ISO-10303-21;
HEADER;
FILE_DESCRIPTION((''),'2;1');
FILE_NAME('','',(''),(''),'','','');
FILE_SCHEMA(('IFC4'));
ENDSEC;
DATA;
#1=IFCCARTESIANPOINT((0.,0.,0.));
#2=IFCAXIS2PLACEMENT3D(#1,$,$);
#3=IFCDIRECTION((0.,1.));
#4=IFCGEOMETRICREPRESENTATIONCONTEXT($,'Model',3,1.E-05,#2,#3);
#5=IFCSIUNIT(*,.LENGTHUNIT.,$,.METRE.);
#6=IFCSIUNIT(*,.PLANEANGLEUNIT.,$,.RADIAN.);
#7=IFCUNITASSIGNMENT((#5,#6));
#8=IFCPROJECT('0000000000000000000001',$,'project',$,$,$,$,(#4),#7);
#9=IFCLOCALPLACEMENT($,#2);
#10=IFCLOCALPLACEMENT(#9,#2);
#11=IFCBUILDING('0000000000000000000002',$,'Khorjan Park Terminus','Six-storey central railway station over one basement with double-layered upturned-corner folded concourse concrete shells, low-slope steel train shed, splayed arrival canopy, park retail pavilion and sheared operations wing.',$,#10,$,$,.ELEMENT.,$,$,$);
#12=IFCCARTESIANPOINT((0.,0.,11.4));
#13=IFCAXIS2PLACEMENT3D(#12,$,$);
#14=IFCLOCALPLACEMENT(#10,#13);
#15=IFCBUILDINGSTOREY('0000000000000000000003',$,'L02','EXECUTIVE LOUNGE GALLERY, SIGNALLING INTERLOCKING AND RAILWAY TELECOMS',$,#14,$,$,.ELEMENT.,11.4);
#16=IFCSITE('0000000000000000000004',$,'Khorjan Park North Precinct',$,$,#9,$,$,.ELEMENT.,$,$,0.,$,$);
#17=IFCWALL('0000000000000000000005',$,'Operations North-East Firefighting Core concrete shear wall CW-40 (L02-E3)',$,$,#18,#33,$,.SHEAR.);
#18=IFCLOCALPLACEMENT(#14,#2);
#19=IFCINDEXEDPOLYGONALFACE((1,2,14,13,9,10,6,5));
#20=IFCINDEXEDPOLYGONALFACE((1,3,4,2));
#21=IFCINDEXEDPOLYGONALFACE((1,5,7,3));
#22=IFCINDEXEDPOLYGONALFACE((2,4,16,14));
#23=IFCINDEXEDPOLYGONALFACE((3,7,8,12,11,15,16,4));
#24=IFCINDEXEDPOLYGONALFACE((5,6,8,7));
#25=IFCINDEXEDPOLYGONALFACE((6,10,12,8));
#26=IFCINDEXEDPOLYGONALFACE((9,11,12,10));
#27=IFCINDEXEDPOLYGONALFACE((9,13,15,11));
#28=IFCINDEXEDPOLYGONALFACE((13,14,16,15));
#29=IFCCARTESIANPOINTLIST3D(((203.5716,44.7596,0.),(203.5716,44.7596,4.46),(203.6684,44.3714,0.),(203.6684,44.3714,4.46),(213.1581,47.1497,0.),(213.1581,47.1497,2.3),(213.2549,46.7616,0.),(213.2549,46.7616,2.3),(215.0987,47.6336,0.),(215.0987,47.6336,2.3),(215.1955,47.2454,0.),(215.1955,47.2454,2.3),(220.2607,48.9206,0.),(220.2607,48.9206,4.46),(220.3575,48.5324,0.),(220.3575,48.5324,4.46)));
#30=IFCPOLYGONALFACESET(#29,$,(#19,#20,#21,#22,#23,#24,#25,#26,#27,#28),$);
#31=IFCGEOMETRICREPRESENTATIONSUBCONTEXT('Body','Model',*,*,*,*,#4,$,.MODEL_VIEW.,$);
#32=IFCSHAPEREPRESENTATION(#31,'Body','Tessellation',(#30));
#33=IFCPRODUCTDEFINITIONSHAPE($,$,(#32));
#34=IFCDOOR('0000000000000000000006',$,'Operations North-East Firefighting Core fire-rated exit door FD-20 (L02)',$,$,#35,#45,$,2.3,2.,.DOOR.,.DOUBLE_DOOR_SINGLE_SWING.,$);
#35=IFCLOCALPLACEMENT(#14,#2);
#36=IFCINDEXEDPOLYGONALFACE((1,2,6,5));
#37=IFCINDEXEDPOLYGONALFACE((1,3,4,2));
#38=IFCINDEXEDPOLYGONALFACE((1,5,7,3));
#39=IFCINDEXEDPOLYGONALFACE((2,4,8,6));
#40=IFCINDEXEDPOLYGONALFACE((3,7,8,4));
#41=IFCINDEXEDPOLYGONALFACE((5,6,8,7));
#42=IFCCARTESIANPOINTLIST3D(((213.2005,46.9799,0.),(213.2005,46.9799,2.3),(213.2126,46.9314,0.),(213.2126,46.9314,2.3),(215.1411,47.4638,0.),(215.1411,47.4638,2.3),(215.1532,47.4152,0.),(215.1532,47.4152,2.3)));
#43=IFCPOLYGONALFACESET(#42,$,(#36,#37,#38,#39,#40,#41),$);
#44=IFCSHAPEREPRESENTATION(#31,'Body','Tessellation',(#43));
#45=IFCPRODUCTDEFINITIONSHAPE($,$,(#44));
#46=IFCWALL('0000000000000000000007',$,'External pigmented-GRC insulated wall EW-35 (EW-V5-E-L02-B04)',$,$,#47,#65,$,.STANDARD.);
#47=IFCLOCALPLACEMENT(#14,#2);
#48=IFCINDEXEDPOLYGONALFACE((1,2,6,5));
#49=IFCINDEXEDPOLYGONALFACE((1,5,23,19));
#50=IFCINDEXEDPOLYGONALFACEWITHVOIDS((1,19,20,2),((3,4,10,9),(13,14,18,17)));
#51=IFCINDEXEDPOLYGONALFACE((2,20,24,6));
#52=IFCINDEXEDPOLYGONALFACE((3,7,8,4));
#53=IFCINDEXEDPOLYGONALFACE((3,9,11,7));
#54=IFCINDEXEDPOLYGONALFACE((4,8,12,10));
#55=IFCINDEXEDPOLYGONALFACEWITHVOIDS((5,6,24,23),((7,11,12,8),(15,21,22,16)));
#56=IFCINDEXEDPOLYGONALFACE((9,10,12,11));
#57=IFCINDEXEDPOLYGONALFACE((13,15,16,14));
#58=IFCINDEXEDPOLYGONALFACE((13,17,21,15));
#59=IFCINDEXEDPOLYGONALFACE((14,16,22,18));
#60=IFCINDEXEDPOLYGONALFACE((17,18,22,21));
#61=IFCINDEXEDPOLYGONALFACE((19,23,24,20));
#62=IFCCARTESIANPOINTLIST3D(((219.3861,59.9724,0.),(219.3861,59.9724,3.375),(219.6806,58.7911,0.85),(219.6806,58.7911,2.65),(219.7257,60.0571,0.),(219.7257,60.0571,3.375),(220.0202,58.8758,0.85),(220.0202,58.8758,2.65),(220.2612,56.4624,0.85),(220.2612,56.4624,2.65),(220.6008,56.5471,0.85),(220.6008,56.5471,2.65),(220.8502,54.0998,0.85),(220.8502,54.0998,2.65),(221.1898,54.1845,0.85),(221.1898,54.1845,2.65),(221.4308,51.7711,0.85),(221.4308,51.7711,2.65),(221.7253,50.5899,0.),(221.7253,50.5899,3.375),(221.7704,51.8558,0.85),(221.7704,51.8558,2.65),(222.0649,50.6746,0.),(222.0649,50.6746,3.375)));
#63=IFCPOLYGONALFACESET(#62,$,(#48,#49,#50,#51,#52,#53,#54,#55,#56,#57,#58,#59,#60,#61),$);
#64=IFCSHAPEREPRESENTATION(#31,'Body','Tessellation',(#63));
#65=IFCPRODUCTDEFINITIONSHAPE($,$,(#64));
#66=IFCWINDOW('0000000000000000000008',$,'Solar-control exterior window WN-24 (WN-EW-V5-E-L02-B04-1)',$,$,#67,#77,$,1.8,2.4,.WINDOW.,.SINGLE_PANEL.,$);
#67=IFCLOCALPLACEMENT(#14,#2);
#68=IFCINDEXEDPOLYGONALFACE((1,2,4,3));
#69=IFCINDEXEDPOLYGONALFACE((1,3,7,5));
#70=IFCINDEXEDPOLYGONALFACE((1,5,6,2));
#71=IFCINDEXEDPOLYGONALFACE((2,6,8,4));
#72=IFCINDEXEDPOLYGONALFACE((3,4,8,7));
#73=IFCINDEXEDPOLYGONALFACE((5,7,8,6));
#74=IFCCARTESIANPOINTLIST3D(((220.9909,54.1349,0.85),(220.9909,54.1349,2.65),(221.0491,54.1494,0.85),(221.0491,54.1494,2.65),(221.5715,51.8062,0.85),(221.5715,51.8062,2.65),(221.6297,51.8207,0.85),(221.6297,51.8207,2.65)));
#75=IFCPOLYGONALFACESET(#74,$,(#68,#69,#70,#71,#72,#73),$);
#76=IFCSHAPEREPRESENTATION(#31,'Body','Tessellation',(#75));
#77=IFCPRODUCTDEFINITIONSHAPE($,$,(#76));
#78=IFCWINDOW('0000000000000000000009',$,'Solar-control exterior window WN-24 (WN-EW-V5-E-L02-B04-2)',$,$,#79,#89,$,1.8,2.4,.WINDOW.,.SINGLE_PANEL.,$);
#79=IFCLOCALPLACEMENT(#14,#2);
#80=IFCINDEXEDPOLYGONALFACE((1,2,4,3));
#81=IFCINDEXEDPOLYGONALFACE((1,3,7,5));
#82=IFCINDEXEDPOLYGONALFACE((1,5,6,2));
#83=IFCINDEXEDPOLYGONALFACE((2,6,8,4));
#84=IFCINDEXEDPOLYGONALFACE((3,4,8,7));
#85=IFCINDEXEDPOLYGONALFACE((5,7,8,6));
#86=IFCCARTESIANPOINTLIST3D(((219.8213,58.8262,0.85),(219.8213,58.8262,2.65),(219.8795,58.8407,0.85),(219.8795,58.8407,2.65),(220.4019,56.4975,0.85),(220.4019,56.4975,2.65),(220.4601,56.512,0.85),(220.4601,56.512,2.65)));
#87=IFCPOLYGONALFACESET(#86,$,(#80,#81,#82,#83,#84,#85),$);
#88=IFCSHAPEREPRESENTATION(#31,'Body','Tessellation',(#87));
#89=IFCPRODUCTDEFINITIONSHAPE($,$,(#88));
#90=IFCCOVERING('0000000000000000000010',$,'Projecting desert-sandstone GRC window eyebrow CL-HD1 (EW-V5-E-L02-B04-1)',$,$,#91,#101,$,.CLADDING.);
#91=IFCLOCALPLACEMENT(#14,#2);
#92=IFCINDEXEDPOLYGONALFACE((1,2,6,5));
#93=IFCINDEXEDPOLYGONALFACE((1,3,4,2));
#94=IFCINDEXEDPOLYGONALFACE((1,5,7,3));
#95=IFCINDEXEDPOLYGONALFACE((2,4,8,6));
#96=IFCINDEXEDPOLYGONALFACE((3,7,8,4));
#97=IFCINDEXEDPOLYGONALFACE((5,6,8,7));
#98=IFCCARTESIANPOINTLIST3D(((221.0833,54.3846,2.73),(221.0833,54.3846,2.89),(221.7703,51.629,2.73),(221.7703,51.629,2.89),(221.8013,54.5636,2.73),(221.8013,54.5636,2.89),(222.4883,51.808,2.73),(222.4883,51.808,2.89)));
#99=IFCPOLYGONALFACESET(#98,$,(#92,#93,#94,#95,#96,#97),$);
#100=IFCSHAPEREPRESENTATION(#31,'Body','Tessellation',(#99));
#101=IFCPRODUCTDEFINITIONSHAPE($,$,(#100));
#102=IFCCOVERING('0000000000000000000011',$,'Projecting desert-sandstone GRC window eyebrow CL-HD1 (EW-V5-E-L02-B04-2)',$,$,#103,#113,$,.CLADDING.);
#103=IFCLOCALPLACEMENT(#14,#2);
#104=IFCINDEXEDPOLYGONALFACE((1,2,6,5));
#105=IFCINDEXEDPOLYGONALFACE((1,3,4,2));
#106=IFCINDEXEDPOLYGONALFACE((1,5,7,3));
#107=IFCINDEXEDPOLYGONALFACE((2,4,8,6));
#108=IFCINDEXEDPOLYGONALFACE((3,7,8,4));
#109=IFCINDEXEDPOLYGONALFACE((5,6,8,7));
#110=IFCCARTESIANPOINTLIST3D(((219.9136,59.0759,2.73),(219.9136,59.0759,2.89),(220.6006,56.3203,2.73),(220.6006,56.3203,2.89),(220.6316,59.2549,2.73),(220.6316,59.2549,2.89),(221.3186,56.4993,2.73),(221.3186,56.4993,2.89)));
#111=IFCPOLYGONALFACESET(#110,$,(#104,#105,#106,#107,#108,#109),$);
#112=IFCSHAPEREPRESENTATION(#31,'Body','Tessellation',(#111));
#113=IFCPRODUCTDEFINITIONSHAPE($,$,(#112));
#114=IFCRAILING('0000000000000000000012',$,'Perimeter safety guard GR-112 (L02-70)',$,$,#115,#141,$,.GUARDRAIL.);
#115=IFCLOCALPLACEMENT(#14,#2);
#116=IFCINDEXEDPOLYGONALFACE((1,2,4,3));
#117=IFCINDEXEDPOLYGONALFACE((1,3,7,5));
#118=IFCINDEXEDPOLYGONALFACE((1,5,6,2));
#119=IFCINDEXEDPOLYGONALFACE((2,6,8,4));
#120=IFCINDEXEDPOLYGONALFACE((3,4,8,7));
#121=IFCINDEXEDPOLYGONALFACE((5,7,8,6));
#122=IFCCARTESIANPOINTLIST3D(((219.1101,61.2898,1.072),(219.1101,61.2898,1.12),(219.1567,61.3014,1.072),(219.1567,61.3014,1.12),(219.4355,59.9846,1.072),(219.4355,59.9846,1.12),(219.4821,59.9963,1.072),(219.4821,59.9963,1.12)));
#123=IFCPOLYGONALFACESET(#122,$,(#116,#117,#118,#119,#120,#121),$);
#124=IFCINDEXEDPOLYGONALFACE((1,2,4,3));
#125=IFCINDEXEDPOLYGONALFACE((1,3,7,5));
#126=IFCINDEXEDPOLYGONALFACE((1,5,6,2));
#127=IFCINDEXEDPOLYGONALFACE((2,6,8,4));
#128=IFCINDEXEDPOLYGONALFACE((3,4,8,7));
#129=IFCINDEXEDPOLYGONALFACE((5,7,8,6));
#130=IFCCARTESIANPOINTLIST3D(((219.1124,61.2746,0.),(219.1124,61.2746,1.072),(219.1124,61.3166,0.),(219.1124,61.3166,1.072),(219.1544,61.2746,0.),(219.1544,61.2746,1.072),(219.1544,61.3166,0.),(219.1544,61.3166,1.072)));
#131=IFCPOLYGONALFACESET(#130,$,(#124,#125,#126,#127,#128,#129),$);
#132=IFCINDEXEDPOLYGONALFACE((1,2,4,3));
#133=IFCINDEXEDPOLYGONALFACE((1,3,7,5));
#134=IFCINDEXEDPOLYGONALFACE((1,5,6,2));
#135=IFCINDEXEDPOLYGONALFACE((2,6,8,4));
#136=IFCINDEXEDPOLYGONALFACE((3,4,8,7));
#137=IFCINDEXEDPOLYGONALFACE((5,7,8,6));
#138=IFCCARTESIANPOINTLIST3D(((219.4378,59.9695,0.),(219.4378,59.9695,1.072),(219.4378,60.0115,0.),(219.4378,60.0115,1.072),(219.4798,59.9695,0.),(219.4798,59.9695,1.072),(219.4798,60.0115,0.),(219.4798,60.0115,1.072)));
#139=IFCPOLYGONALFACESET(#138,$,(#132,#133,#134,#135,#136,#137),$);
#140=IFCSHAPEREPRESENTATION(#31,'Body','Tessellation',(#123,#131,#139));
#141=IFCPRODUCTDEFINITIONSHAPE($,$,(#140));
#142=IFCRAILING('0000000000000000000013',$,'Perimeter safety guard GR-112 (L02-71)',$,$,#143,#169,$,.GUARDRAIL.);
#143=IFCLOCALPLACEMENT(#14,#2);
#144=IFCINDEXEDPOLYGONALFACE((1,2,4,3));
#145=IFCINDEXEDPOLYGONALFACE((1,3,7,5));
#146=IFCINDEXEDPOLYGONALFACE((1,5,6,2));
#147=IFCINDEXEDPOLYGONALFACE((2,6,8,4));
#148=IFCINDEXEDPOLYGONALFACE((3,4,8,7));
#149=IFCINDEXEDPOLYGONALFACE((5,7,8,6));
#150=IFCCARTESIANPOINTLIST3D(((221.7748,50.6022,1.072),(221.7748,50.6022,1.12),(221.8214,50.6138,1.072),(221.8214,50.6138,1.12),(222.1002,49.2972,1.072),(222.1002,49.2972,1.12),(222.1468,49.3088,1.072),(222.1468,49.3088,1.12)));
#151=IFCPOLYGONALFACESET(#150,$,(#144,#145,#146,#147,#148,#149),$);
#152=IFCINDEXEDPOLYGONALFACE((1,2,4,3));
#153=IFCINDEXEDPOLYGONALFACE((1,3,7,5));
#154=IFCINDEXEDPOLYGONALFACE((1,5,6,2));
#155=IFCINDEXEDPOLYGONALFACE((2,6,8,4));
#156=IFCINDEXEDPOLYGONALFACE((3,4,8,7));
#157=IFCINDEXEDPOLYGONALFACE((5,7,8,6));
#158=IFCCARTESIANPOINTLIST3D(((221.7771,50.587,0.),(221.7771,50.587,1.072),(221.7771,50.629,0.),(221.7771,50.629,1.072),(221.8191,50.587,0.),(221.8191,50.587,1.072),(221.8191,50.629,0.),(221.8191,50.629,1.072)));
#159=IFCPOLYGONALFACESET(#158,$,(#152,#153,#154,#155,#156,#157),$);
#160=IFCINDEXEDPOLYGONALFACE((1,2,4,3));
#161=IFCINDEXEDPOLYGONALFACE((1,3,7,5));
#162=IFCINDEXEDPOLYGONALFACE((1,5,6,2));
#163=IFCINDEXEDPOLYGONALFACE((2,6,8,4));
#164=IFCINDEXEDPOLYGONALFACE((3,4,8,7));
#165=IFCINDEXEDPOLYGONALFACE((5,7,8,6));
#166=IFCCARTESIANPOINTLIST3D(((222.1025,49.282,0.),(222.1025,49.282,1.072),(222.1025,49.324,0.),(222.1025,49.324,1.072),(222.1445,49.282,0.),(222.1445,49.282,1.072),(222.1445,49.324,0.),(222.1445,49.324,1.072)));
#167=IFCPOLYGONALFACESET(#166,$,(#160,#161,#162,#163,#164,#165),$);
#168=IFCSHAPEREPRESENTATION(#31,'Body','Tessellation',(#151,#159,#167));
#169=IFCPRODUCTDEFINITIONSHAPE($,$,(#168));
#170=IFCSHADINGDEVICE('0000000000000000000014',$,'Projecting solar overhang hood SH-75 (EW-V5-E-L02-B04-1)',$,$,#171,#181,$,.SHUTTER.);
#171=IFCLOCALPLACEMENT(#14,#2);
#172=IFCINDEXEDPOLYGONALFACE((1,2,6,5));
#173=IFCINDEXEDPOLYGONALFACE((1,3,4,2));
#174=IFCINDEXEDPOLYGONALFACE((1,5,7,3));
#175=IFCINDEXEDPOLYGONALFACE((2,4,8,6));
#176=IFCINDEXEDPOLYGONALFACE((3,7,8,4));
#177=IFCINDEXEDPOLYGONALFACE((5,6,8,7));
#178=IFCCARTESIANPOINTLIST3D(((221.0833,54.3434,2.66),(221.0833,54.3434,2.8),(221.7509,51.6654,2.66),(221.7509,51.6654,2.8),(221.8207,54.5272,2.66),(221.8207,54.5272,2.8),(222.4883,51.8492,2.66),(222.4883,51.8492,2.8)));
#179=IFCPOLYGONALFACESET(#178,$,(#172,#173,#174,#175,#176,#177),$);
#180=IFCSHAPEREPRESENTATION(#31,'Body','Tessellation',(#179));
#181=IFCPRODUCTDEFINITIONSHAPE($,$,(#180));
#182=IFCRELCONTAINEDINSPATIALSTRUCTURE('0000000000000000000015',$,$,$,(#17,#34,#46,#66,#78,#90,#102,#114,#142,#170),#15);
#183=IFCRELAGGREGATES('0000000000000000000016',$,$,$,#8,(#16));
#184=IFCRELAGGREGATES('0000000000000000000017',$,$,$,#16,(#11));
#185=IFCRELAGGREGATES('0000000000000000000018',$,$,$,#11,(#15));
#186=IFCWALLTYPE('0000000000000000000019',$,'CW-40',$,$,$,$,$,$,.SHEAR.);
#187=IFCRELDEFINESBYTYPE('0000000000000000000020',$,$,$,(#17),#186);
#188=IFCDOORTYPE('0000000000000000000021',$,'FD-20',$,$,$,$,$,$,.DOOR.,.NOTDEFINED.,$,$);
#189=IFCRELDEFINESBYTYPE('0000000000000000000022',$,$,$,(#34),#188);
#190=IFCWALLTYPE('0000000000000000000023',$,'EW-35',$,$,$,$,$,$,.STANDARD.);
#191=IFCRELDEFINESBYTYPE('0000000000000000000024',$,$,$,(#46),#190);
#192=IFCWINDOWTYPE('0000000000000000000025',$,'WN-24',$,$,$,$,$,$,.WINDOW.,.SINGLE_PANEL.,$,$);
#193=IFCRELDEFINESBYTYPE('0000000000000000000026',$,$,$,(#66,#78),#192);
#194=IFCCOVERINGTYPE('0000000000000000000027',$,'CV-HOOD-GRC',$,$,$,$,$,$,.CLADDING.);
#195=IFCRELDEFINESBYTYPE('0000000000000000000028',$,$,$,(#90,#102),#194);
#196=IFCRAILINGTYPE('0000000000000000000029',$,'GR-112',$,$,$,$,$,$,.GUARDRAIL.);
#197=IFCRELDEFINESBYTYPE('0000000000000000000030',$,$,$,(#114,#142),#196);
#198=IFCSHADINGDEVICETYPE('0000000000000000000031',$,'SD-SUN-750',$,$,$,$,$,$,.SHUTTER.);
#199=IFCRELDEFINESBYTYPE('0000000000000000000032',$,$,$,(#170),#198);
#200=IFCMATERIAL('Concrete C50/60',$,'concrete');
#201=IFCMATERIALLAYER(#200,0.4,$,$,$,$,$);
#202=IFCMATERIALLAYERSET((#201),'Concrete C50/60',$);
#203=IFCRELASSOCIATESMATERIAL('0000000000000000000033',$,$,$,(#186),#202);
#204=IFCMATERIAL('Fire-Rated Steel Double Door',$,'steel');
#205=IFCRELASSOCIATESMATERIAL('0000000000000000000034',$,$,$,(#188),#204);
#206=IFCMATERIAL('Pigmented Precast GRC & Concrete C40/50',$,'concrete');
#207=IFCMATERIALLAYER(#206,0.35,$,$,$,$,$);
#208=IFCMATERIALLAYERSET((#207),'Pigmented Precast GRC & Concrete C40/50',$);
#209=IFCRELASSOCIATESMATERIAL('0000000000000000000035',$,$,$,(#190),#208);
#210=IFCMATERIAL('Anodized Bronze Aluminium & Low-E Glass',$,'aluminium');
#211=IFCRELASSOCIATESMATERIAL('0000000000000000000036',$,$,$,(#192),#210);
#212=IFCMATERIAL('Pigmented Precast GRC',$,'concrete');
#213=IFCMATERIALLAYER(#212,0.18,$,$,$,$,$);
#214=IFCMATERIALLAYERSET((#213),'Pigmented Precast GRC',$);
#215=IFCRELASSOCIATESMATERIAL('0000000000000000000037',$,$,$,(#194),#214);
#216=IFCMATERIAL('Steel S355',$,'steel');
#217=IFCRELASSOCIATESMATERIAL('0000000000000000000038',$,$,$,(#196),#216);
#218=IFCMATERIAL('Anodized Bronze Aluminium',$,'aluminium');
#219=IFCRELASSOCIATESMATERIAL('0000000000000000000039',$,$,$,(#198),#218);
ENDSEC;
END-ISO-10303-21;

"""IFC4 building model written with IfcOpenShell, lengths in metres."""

from ifc_helpers import new_model, si_unit, direction, frame, frame_2d, origin, origin_2d, place, context, subcontext, project, spatial, rectangle, extrude, material, layer, layer_set, type_object, element, fill, save


model = new_model("IFC4")

# Units and contexts
model_context = context("Model", 3, precision=1e-05, world=origin(), true_north=direction((0.0, 1.0)))
body_context = subcontext(model_context, "Body", "Model", "MODEL_VIEW")
ifc_project = project(units=[si_unit("LENGTHUNIT", "METRE"), si_unit("PLANEANGLEUNIT", "RADIAN")], contexts=[model_context])

# Site, building, storey
site_placement = place(None, origin())
site = spatial("IfcSite", under=ifc_project, at=site_placement, Name="Khorjan Park North Precinct", CompositionType="ELEMENT", RefElevation=0.0)
building_placement = place(site_placement, origin())
building = spatial("IfcBuilding", under=site, at=building_placement, Name="Khorjan Park Terminus", Description="Six-storey central railway station over one basement with double-layered upturned-corner folded concourse concrete shells, low-slope steel train shed, splayed arrival canopy, park retail pavilion and sheared operations wing.", CompositionType="ELEMENT")
storey_placement = place(building_placement, frame((0.0, 0.0, 11.4)))
storey = spatial("IfcBuildingStorey", under=building, at=storey_placement, Name="L02", Description="EXECUTIVE LOUNGE GALLERY, SIGNALLING INTERLOCKING AND RAILWAY TELECOMS", CompositionType="ELEMENT", Elevation=11.4)

# Shared definitions
ifc_material_1 = material(Name="Concrete C50/60", Category="concrete")

# Shared definitions
ifc_material_2 = material(Name="Steel S355", Category="steel")

# Shared definitions
ifc_material_3 = material(Name="Anodized Bronze Aluminium", Category="aluminium")

# Wall, opening, door
ifc_layer_1 = layer(ifc_material_1, 0.4)
ifc_layer_set_1 = layer_set([ifc_layer_1], Name="Concrete C50/60")
wall_type_1 = type_object("IfcWallType", Name="CW-40", PredefinedType="SHEAR", material=ifc_layer_set_1)
wall_1_placement = place(storey_placement, frame((220.3091, 48.7265, 0.0), z_axis=(0.0, 0.0, 1.0), x_axis=(-0.970297, -0.241919, 0.0)))
wall_1 = element("IfcWall", 1, at=wall_1_placement, inside=storey, type_object=wall_type_1, Name="Operations North-East Firefighting Core concrete shear wall CW-40 (L02-E3)", PredefinedType="SHEAR", context=body_context, shape_type="SweptSolid", body=[
    extrude(rectangle(XDim=17.2, YDim=0.4, at=frame_2d((8.6, 0.0))), origin(), (0.0, 0.0, 1.0), 4.46),
])
opening_1_placement = place(wall_1_placement, frame((5.32, 0.0, 0.0)))
opening_1 = element("IfcOpeningElement", 2, at=opening_1_placement, cuts=wall_1, PredefinedType="OPENING", context=body_context, shape_type="SweptSolid", body=[
    extrude(rectangle(XDim=2.0, YDim=2.3, at=frame_2d((1.0, 1.15))), frame((0.0, 0.21, 0.0), z_axis=(0.0, -1.0, 0.0), x_axis=(1.0, 0.0, 0.0)), (0.0, 0.0, 1.0), 0.42),
])
ifc_material_4 = material(Name="Fire-Rated Steel Double Door", Category="steel")
door_type = type_object("IfcDoorType", Name="FD-20", OperationType="NOTDEFINED", PredefinedType="DOOR", material=ifc_material_4)
door_placement = place(opening_1_placement, origin())
door = element("IfcDoor", 3, at=door_placement, inside=storey, type_object=door_type, Name="Operations North-East Firefighting Core fire-rated exit door FD-20 (L02)", OperationType="DOUBLE_DOOR_SINGLE_SWING", OverallHeight=2.3, OverallWidth=2.0, PredefinedType="DOOR", context=body_context, shape_type="SweptSolid", body=[
    extrude(rectangle(XDim=2.0, YDim=2.3, at=frame_2d((1.0, 1.15))), frame((0.0, 0.025, 0.0), z_axis=(0.0, -1.0, 0.0), x_axis=(1.0, 0.0, 0.0)), (0.0, 0.0, 1.0), 0.05),
])
fill(opening_1, door)

# Wall, openings, windows
ifc_material_5 = material(Name="Pigmented Precast GRC & Concrete C40/50", Category="concrete")
ifc_layer_2 = layer(ifc_material_5, 0.35)
ifc_layer_set_2 = layer_set([ifc_layer_2], Name="Pigmented Precast GRC & Concrete C40/50")
wall_type_2 = type_object("IfcWallType", Name="EW-35", PredefinedType="STANDARD", material=ifc_layer_set_2)
wall_2_placement = place(storey_placement, frame((221.8951, 50.6322, 0.0), z_axis=(0.0, 0.0, 1.0), x_axis=(-0.24191, 0.970299, 0.0)))
wall_2 = element("IfcWall", 4, at=wall_2_placement, inside=storey, type_object=wall_type_2, Name="External pigmented-GRC insulated wall EW-35 (EW-V5-E-L02-B04)", PredefinedType="STANDARD", context=body_context, shape_type="SweptSolid", body=[
    extrude(rectangle(XDim=9.6697, YDim=0.35, at=frame_2d((4.8349, 0.0))), origin(), (0.0, 0.0, 1.0), 3.375),
])
opening_2_placement = place(wall_2_placement, frame((1.2174, 0.0, 0.85)))
opening_2 = element("IfcOpeningElement", 5, at=opening_2_placement, cuts=wall_2, PredefinedType="OPENING", context=body_context, shape_type="SweptSolid", body=[
    extrude(rectangle(XDim=2.4, YDim=1.8, at=frame_2d((1.2, 0.9))), frame((0.0, 0.185, 0.0), z_axis=(0.0, -1.0, 0.0), x_axis=(1.0, 0.0, 0.0)), (0.0, 0.0, 1.0), 0.37),
])
opening_3_placement = place(wall_2_placement, frame((6.0523, 0.0, 0.85)))
opening_3 = element("IfcOpeningElement", 6, at=opening_3_placement, cuts=wall_2, PredefinedType="OPENING", context=body_context, shape_type="SweptSolid", body=[
    extrude(rectangle(XDim=2.4, YDim=1.8, at=frame_2d((1.2, 0.9))), frame((0.0, 0.185, 0.0), z_axis=(0.0, -1.0, 0.0), x_axis=(1.0, 0.0, 0.0)), (0.0, 0.0, 1.0), 0.37),
])
ifc_material_6 = material(Name="Anodized Bronze Aluminium & Low-E Glass", Category="aluminium")
window_type = type_object("IfcWindowType", Name="WN-24", PartitioningType="SINGLE_PANEL", PredefinedType="WINDOW", material=ifc_material_6)
window_1_placement = place(opening_2_placement, origin())
window_1 = element("IfcWindow", 7, at=window_1_placement, inside=storey, type_object=window_type, Name="Solar-control exterior window WN-24 (WN-EW-V5-E-L02-B04-1)", OverallHeight=1.8, OverallWidth=2.4, PartitioningType="SINGLE_PANEL", PredefinedType="WINDOW", context=body_context, shape_type="SweptSolid", body=[
    extrude(rectangle(XDim=2.4, YDim=1.8, at=frame_2d((1.2, 0.9))), frame((0.0, 0.03, 0.0), z_axis=(0.0, -1.0, 0.0), x_axis=(1.0, 0.0, 0.0)), (0.0, 0.0, 1.0), 0.06),
])
fill(opening_2, window_1)
window_2_placement = place(opening_3_placement, origin())
window_2 = element("IfcWindow", 8, at=window_2_placement, inside=storey, type_object=window_type, Name="Solar-control exterior window WN-24 (WN-EW-V5-E-L02-B04-2)", OverallHeight=1.8, OverallWidth=2.4, PartitioningType="SINGLE_PANEL", PredefinedType="WINDOW", context=body_context, shape_type="SweptSolid", body=[
    extrude(rectangle(XDim=2.4, YDim=1.8, at=frame_2d((1.2, 0.9))), frame((0.0, 0.03, 0.0), z_axis=(0.0, -1.0, 0.0), x_axis=(1.0, 0.0, 0.0)), (0.0, 0.0, 1.0), 0.06),
])
fill(opening_3, window_2)

# Coverings
ifc_material_7 = material(Name="Pigmented Precast GRC", Category="concrete")
ifc_layer_3 = layer(ifc_material_7, 0.18)
ifc_layer_set_3 = layer_set([ifc_layer_3], Name="Pigmented Precast GRC")
covering_type = type_object("IfcCoveringType", Name="CV-HOOD-GRC", PredefinedType="CLADDING", material=ifc_layer_set_3)
for number, where, z_axis, x_axis, name in (
    (9, (221.7858, 53.0963, 2.73), (0.0, 0.0, 1.0), (-0.24191, 0.970299, 0.0), "Projecting desert-sandstone GRC window eyebrow CL-HD1 (EW-V5-E-L02-B04-1)"),
    (10, (220.6161, 57.7876, 2.73), (0.0, 0.0, 1.0), (-0.24191, 0.970299, 0.0), "Projecting desert-sandstone GRC window eyebrow CL-HD1 (EW-V5-E-L02-B04-2)"),
):
    element("IfcCovering", number, at=place(storey_placement, frame(where, z_axis=z_axis, x_axis=x_axis)), inside=storey, type_object=covering_type, Name=name, PredefinedType="CLADDING", context=body_context, shape_type="SweptSolid", body=[
        extrude(rectangle(XDim=2.84, YDim=0.74, at=origin_2d()), origin(), (0.0, 0.0, 1.0), 0.16),
    ])

# Railings
railing_type = type_object("IfcRailingType", Name="GR-112", PredefinedType="GUARDRAIL", material=ifc_material_2)
railing_1_placement = place(storey_placement, frame((219.1334, 61.2956, 0.0)))
element("IfcRailing", 11, at=railing_1_placement, inside=storey, type_object=railing_type, Name="Perimeter safety guard GR-112 (L02-70)", PredefinedType="GUARDRAIL", context=body_context, shape_type="SweptSolid", body=[
    extrude(rectangle(XDim=0.048, YDim=0.048, at=origin_2d()), frame((0.0, 0.0, 1.096), z_axis=(0.241923, -0.970295, 0.0), x_axis=(0.970295, 0.241923, 0.0)), (0.0, 0.0, 1.0), 1.3451),
    extrude(rectangle(XDim=0.042, YDim=0.042, at=origin_2d()), origin(), (0.0, 0.0, 1.0), 1.072),
    extrude(rectangle(XDim=0.042, YDim=0.042, at=origin_2d()), frame((0.3254, -1.3051, 0.0)), (0.0, 0.0, 1.0), 1.072),
])
railing_2_placement = place(storey_placement, frame((221.7981, 50.608, 0.0)))
element("IfcRailing", 12, at=railing_2_placement, inside=storey, type_object=railing_type, Name="Perimeter safety guard GR-112 (L02-71)", PredefinedType="GUARDRAIL", context=body_context, shape_type="SweptSolid", body=[
    extrude(rectangle(XDim=0.048, YDim=0.048, at=origin_2d()), frame((0.0, 0.0, 1.096), z_axis=(0.241941, -0.970291, 0.0), x_axis=(0.970291, 0.241941, 0.0)), (0.0, 0.0, 1.0), 1.345),
    extrude(rectangle(XDim=0.042, YDim=0.042, at=origin_2d()), origin(), (0.0, 0.0, 1.0), 1.072),
    extrude(rectangle(XDim=0.042, YDim=0.042, at=origin_2d()), frame((0.3254, -1.305, 0.0)), (0.0, 0.0, 1.0), 1.072),
])

# Shading device
shading_device_type = type_object("IfcShadingDeviceType", Name="SD-SUN-750", PredefinedType="SHUTTER", material=ifc_material_3)
for number, where, z_axis, x_axis, name in (
    (13, (221.7858, 53.0963, 2.66), (0.0, 0.0, 1.0), (-0.24191, 0.970299, 0.0), "Projecting solar overhang hood SH-75 (EW-V5-E-L02-B04-1)"),
):
    element("IfcShadingDevice", number, at=place(storey_placement, frame(where, z_axis=z_axis, x_axis=x_axis)), inside=storey, type_object=shading_device_type, Name=name, PredefinedType="SHUTTER", context=body_context, shape_type="SweptSolid", body=[
        extrude(rectangle(XDim=2.76, YDim=0.76, at=origin_2d()), origin(), (0.0, 0.0, 1.0), 0.14),
    ])

save(model, "model.ifc")
